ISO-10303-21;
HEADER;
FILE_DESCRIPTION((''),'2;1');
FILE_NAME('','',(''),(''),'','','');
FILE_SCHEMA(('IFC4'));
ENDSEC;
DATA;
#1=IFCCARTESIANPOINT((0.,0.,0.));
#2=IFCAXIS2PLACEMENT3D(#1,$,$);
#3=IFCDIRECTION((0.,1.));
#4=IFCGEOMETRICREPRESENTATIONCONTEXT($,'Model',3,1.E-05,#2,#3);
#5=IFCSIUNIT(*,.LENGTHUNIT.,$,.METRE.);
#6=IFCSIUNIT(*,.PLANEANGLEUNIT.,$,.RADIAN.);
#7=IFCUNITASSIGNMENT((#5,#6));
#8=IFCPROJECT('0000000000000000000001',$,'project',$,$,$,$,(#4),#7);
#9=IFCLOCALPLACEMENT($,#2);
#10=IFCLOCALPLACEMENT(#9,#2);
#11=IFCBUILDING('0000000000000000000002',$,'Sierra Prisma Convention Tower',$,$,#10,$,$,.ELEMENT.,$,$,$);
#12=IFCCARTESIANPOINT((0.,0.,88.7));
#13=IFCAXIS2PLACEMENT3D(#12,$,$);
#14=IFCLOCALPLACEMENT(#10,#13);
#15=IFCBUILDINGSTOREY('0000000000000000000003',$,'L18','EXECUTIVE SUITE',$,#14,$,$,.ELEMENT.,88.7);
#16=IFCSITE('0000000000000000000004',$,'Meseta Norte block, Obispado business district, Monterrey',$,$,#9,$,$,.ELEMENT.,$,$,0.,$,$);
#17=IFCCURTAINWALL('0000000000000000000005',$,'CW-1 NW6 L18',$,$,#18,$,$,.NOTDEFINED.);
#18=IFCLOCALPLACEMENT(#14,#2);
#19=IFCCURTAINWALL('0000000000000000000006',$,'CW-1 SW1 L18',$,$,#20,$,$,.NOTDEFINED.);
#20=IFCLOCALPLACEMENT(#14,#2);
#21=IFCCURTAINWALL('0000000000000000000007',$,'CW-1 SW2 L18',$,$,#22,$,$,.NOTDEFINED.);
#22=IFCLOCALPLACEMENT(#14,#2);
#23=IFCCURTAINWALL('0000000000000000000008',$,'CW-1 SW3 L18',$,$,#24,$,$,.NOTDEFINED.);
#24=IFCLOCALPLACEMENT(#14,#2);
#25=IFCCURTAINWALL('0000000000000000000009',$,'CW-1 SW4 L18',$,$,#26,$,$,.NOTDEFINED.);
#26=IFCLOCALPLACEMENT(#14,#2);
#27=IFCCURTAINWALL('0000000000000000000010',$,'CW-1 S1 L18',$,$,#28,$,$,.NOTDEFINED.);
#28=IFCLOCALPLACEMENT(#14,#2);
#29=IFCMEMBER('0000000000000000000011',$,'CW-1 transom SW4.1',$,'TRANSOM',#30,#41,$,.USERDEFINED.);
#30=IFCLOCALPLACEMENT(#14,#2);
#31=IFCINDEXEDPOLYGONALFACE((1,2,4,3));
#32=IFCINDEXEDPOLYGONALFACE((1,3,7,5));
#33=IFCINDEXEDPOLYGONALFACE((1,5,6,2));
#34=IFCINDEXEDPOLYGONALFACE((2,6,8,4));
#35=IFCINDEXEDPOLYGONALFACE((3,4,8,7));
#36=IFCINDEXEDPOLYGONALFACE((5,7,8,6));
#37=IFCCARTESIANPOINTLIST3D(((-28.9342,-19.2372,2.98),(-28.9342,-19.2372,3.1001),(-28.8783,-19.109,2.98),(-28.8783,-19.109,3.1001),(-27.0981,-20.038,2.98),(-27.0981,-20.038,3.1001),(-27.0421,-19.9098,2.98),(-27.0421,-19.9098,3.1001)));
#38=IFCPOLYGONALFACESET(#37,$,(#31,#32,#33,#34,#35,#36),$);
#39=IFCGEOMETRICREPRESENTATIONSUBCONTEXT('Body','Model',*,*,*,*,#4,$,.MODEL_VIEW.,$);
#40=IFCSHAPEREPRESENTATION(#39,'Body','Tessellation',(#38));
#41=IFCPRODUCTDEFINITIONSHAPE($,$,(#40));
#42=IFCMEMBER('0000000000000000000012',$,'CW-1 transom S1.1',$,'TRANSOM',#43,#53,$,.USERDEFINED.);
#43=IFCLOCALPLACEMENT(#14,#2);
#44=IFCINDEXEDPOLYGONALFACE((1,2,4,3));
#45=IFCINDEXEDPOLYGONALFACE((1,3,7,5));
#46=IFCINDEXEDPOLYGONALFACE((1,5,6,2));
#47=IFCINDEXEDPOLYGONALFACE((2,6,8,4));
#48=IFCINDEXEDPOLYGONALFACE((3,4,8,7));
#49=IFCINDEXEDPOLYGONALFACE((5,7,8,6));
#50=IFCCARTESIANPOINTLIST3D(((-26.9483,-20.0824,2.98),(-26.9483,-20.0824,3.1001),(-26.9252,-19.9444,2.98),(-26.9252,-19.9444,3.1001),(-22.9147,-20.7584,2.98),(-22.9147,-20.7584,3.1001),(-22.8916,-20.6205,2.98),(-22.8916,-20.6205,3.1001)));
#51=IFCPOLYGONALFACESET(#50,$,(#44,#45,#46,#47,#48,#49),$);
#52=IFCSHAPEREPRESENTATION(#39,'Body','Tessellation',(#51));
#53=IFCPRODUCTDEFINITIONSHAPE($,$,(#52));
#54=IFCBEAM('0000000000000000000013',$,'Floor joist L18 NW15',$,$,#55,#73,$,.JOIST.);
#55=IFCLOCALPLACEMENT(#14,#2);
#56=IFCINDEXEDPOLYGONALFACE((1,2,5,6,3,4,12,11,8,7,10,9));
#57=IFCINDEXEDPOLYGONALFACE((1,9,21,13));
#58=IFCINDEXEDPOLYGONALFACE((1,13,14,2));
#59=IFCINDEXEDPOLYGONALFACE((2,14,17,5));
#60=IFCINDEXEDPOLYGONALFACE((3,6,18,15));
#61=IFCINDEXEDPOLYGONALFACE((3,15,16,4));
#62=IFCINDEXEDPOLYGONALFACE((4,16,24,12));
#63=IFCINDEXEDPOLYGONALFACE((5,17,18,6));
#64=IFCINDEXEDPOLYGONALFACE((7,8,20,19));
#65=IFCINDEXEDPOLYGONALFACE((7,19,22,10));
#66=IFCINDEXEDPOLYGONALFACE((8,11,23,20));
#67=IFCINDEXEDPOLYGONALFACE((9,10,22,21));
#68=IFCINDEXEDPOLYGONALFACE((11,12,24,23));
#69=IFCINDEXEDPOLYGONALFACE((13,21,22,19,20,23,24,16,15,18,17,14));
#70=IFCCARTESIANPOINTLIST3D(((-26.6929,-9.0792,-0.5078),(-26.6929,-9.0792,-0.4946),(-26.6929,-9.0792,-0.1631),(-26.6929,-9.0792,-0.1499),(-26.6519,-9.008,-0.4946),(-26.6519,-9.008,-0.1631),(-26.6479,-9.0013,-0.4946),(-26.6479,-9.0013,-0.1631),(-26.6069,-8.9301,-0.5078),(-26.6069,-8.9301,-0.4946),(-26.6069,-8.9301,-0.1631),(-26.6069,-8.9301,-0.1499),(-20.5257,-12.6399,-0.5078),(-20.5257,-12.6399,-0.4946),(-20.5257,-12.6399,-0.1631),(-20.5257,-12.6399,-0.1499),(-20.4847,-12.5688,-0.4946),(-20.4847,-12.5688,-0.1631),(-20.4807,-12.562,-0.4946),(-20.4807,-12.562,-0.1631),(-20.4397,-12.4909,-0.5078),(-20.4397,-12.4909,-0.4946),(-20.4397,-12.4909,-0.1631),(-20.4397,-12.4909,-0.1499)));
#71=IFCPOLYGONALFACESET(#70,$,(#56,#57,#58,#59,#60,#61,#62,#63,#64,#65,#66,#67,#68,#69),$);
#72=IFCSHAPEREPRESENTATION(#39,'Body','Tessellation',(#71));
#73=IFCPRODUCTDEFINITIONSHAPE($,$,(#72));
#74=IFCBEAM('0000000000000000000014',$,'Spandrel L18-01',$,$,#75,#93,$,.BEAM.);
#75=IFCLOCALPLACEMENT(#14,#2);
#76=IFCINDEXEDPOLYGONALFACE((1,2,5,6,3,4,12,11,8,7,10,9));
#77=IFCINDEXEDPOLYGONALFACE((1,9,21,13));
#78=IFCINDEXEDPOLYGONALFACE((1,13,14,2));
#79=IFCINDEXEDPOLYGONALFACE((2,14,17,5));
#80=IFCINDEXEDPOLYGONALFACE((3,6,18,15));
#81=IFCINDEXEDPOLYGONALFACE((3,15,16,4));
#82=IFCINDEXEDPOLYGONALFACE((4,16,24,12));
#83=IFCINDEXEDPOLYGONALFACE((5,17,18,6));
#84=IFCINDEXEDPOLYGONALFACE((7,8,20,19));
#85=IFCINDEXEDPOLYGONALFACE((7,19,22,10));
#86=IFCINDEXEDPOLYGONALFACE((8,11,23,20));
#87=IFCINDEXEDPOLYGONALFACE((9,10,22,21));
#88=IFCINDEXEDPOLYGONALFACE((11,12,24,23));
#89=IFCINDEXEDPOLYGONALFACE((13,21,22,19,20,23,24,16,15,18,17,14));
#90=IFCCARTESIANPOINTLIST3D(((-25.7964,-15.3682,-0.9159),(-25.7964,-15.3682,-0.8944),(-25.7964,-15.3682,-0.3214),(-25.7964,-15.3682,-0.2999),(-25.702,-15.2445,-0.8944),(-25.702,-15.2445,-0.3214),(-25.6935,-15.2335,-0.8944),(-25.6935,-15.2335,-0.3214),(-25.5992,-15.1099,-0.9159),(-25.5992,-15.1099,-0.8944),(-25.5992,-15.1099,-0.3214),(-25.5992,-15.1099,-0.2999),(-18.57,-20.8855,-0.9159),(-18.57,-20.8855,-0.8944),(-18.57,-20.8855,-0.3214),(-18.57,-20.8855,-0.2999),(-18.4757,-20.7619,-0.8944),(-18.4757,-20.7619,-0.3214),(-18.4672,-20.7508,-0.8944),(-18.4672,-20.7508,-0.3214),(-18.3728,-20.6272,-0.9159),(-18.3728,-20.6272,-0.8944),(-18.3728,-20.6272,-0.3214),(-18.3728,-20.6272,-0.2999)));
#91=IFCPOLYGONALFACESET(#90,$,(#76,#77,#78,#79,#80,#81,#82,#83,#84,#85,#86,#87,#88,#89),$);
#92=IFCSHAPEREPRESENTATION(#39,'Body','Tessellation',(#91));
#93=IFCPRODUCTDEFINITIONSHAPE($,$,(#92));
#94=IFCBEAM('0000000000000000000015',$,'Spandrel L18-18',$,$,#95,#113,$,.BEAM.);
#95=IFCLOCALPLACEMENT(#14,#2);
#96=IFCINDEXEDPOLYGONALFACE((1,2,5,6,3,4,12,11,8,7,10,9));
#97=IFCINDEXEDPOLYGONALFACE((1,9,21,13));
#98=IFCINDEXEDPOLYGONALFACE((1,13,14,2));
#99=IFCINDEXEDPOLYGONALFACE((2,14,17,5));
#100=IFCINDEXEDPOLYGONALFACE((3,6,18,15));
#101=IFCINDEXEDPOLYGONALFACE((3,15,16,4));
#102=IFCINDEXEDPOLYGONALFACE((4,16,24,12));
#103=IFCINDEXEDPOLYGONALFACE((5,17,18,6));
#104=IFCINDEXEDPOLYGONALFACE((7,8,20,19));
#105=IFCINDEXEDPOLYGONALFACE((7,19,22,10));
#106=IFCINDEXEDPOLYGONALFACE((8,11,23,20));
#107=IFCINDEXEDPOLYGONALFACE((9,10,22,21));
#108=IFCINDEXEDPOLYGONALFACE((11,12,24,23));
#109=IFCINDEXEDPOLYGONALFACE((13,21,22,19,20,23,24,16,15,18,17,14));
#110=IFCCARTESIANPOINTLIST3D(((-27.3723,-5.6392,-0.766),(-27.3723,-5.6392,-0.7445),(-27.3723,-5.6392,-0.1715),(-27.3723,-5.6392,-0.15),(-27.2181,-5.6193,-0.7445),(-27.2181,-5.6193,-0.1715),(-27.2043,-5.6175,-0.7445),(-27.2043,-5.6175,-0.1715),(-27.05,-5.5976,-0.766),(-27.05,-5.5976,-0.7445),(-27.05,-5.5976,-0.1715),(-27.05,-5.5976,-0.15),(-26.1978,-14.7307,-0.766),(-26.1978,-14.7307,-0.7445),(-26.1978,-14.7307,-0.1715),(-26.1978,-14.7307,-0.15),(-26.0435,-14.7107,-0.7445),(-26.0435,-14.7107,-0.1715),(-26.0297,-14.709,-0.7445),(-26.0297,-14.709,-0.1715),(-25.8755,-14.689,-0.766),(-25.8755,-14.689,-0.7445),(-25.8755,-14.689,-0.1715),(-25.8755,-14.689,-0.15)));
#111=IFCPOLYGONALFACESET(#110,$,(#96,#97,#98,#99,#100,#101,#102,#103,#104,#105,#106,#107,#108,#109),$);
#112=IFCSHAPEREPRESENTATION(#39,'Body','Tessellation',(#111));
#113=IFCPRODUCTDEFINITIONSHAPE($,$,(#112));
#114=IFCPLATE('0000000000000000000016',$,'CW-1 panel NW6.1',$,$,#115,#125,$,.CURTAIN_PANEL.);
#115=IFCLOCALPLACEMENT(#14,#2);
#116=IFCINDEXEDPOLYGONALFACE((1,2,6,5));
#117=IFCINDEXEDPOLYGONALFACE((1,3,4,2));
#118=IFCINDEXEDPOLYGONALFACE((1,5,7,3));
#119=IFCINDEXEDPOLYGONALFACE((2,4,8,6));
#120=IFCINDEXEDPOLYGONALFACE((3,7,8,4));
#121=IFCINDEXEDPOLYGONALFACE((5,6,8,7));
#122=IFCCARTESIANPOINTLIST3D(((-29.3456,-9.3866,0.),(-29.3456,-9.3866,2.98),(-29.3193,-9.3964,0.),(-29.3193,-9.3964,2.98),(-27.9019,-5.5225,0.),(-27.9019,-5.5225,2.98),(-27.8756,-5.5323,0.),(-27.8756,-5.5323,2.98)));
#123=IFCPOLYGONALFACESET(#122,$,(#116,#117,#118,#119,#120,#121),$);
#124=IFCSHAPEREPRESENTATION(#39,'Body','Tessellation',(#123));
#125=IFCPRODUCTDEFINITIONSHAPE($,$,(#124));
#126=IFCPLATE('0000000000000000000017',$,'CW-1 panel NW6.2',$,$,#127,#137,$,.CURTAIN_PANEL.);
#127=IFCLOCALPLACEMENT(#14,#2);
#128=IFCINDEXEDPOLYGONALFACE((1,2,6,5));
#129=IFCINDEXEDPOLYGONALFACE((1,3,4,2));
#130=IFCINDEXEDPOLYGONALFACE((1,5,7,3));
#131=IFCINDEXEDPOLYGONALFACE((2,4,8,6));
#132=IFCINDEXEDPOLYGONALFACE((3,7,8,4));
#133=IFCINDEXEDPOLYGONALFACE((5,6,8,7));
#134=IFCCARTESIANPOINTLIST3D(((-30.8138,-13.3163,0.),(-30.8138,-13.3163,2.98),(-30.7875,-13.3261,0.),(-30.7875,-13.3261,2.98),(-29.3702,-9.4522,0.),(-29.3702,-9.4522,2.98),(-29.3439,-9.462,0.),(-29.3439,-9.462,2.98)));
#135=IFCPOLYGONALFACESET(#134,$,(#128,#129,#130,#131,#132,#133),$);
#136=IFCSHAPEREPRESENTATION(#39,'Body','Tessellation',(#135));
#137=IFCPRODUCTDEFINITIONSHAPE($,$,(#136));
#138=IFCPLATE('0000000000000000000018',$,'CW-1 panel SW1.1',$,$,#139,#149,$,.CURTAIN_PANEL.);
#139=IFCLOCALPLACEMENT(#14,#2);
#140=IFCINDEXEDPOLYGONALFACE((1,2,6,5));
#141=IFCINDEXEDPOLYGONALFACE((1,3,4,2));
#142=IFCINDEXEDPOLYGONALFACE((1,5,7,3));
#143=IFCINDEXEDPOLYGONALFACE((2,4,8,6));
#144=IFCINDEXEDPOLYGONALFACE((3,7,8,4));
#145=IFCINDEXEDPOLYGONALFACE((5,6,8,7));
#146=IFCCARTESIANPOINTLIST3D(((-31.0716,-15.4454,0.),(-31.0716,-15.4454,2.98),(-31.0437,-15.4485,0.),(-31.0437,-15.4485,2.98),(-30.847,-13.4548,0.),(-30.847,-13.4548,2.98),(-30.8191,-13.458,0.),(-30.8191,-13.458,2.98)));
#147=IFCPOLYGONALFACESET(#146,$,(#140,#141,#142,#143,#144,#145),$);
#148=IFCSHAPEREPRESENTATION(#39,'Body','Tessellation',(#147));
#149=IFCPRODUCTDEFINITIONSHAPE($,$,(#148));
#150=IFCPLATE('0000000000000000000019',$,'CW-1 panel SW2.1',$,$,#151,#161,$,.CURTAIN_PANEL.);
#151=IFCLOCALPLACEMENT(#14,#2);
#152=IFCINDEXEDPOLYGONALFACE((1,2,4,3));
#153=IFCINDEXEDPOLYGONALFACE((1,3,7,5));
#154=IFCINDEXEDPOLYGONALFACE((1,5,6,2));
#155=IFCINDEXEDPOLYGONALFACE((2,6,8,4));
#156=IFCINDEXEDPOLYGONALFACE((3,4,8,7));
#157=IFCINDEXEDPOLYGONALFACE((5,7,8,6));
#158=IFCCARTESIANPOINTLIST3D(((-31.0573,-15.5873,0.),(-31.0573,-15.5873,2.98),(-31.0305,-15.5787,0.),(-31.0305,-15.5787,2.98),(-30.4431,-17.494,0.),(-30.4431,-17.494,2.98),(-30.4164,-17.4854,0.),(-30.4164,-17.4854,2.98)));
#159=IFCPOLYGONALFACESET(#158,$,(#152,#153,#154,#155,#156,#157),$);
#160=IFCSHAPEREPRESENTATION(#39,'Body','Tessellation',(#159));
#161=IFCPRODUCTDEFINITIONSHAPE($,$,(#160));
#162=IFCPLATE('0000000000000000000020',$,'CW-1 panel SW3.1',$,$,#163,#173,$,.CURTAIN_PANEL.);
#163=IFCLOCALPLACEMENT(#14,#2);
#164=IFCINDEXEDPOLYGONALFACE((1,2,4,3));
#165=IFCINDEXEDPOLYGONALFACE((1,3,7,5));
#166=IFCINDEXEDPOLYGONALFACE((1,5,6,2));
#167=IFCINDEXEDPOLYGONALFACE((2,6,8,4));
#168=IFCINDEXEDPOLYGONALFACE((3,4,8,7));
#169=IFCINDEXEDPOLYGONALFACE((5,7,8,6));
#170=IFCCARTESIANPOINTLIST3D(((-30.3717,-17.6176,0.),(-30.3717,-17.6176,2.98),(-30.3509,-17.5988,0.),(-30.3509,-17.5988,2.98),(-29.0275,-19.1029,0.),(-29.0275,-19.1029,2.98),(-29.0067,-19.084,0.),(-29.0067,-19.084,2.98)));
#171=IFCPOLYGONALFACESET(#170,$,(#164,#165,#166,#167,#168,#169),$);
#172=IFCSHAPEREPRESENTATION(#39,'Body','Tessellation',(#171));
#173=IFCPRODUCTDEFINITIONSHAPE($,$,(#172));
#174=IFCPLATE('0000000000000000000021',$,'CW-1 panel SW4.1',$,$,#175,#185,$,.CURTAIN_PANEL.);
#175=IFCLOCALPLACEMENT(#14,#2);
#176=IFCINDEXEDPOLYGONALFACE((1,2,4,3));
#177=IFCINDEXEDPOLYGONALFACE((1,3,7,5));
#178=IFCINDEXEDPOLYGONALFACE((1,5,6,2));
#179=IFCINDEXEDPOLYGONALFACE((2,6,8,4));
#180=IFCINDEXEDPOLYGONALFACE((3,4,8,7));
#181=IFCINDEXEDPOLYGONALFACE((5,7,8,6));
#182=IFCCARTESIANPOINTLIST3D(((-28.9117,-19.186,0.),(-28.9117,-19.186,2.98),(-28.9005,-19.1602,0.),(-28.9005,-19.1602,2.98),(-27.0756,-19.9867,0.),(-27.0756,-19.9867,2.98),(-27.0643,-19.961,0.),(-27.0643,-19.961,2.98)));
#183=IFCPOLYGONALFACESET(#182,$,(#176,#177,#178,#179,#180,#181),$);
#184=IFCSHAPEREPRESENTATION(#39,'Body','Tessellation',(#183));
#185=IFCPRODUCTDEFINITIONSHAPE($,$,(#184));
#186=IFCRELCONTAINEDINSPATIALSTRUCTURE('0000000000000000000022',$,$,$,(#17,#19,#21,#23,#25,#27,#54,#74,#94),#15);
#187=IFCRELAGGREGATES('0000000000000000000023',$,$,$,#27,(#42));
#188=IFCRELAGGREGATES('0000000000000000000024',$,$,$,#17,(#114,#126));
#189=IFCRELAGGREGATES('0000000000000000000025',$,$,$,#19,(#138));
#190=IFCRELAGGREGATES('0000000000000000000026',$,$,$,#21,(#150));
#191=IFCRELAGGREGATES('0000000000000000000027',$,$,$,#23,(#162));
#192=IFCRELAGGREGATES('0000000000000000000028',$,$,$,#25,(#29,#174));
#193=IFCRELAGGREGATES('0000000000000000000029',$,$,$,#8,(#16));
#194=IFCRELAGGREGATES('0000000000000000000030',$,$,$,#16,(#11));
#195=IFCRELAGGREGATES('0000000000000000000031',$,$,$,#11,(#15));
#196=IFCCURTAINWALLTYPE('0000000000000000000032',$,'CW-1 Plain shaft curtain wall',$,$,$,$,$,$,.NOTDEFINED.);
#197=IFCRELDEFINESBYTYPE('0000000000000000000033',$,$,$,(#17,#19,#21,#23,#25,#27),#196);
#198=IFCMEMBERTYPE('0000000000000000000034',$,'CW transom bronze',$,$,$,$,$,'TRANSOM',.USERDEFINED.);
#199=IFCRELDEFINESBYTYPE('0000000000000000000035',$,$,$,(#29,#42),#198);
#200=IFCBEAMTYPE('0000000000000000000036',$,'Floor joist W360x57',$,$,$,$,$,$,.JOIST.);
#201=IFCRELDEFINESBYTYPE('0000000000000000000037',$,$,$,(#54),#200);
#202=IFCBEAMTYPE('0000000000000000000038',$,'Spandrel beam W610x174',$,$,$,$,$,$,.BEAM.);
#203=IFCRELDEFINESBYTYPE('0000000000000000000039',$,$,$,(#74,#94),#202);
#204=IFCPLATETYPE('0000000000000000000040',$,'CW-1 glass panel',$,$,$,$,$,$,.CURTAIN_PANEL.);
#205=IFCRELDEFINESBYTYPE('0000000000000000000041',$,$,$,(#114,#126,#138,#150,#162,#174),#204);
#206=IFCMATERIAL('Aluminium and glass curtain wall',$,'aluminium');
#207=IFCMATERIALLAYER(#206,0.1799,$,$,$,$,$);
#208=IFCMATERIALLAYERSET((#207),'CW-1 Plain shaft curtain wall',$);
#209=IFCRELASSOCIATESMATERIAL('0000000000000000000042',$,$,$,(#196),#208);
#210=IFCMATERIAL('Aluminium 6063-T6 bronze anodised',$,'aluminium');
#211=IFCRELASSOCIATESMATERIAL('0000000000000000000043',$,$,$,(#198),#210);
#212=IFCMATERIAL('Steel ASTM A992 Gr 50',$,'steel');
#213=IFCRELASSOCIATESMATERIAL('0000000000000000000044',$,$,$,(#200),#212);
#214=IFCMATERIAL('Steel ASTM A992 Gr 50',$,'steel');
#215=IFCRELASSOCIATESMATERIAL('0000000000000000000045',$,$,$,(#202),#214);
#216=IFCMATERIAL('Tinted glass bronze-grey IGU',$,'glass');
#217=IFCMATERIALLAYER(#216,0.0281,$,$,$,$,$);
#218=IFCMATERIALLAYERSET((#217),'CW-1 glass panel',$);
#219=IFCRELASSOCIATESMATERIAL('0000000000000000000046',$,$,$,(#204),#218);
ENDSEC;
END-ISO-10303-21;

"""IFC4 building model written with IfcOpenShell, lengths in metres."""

from ifc_helpers import new_model, si_unit, direction, frame, origin, origin_2d, place, context, subcontext, project, spatial, rectangle, i_section, extrude, material, layer, layer_set, material_profile, profile_set, type_object, element, aggregate, save


model = new_model("IFC4")

# Units and contexts
model_context = context("Model", 3, precision=1e-05, world=origin(), true_north=direction((0.0, 1.0)))
body_context = subcontext(model_context, "Body", "Model", "MODEL_VIEW")
ifc_project = project(units=[si_unit("LENGTHUNIT", "METRE"), si_unit("PLANEANGLEUNIT", "RADIAN")], contexts=[model_context])

# Site, building, storey
site_placement = place(None, origin())
site = spatial("IfcSite", under=ifc_project, at=site_placement, Name="Meseta Norte block, Obispado business district, Monterrey", CompositionType="ELEMENT", RefElevation=0.0)
building_placement = place(site_placement, origin())
building = spatial("IfcBuilding", under=site, at=building_placement, Name="Sierra Prisma Convention Tower", CompositionType="ELEMENT")
storey_placement = place(building_placement, frame((0.0, 0.0, 88.7)))
storey = spatial("IfcBuildingStorey", under=building, at=storey_placement, Name="L18", Description="EXECUTIVE SUITE", CompositionType="ELEMENT", Elevation=88.7)

# Curtain walls
ifc_material_1 = material(Name="Aluminium and glass curtain wall", Category="aluminium")
ifc_layer_1 = layer(ifc_material_1, 0.1799)
ifc_layer_set_1 = layer_set([ifc_layer_1], Name="CW-1 Plain shaft curtain wall")
curtain_wall_type = type_object("IfcCurtainWallType", Name="CW-1 Plain shaft curtain wall", PredefinedType="NOTDEFINED", material=ifc_layer_set_1)
curtain_wall_1_placement = place(storey_placement, origin())
curtain_wall_1 = element("IfcCurtainWall", 1, at=curtain_wall_1_placement, inside=storey, type_object=curtain_wall_type, Name="CW-1 NW6 L18", PredefinedType="NOTDEFINED")
curtain_wall_2_placement = place(storey_placement, origin())
curtain_wall_2 = element("IfcCurtainWall", 2, at=curtain_wall_2_placement, inside=storey, type_object=curtain_wall_type, Name="CW-1 SW1 L18", PredefinedType="NOTDEFINED")
curtain_wall_3_placement = place(storey_placement, origin())
curtain_wall_3 = element("IfcCurtainWall", 3, at=curtain_wall_3_placement, inside=storey, type_object=curtain_wall_type, Name="CW-1 SW2 L18", PredefinedType="NOTDEFINED")
curtain_wall_4_placement = place(storey_placement, origin())
curtain_wall_4 = element("IfcCurtainWall", 4, at=curtain_wall_4_placement, inside=storey, type_object=curtain_wall_type, Name="CW-1 SW3 L18", PredefinedType="NOTDEFINED")
curtain_wall_5_placement = place(storey_placement, origin())
curtain_wall_5 = element("IfcCurtainWall", 5, at=curtain_wall_5_placement, inside=storey, type_object=curtain_wall_type, Name="CW-1 SW4 L18", PredefinedType="NOTDEFINED")
curtain_wall_6_placement = place(storey_placement, origin())
curtain_wall_6 = element("IfcCurtainWall", 6, at=curtain_wall_6_placement, inside=storey, type_object=curtain_wall_type, Name="CW-1 S1 L18", PredefinedType="NOTDEFINED")

# Members
ifc_material_2 = material(Name="Aluminium 6063-T6 bronze anodised", Category="aluminium")
ifc_material_profile_1 = material_profile(ifc_material_2, rectangle(XDim=0.1399, YDim=0.1201, at=origin_2d()), Name="ALU TRANSOM 120x140")
ifc_profile_set_1 = profile_set([ifc_material_profile_1], Name="Aluminium 6063-T6 bronze anodised")
member_type_1 = type_object("IfcMemberType", Name="CW transom bronze", ElementType="TRANSOM", PredefinedType="USERDEFINED", material=ifc_profile_set_1)
member_1_placement = place(storey_placement, frame((-28.9062, -19.1731, 3.04), z_axis=(0.916624, -0.399751, 0.0), x_axis=(0.399751, 0.916624, 0.0)))
member_1 = element("IfcMember", 7, at=member_1_placement, type_object=member_type_1, Name="CW-1 transom SW4.1", ObjectType="TRANSOM", PredefinedType="USERDEFINED", context=body_context, shape_type="SweptSolid", body=[
    extrude(rectangle(XDim=0.1399, YDim=0.1201, at=origin_2d()), origin(), (0.0, 0.0, 1.0), 2.0032),
])
member_2_placement = place(storey_placement, frame((-26.9368, -20.0134, 3.04), z_axis=(0.986245, -0.165289, 0.0), x_axis=(0.165289, 0.986245, 0.0)))
member_2 = element("IfcMember", 8, at=member_2_placement, type_object=member_type_1, Name="CW-1 transom S1.1", ObjectType="TRANSOM", PredefinedType="USERDEFINED", context=body_context, shape_type="SweptSolid", body=[
    extrude(rectangle(XDim=0.1399, YDim=0.1201, at=origin_2d()), origin(), (0.0, 0.0, 1.0), 4.0898),
])
aggregate(curtain_wall_6, [member_2])

# Beams
ifc_material_3 = material(Name="Steel ASTM A992 Gr 50", Category="steel")
ifc_material_profile_2 = material_profile(ifc_material_3, i_section(OverallWidth=0.1721, OverallDepth=0.3579, WebThickness=0.0078, FlangeThickness=0.0132, at=origin_2d()), Name="W360x57")
ifc_profile_set_2 = profile_set([ifc_material_profile_2], Name="Steel ASTM A992 Gr 50")
beam_type_1 = type_object("IfcBeamType", Name="Floor joist W360x57", PredefinedType="JOIST", material=ifc_profile_set_2)
beam_1_placement = place(storey_placement, frame((-26.6499, -9.0046, -0.3289), z_axis=(0.866017, -0.500014, 0.0), x_axis=(0.500014, 0.866017, 0.0)))
element("IfcBeam", 9, at=beam_1_placement, inside=storey, type_object=beam_type_1, Name="Floor joist L18 NW15", PredefinedType="JOIST", context=body_context, shape_type="SweptSolid", body=[
    extrude(i_section(OverallWidth=0.1721, OverallDepth=0.3579, WebThickness=0.0078, FlangeThickness=0.0132, at=origin_2d()), origin(), (0.0, 0.0, 1.0), 7.1213),
])
ifc_material_4 = material(Name="Steel ASTM A992 Gr 50", Category="steel")
ifc_material_profile_3 = material_profile(ifc_material_4, i_section(OverallWidth=0.325, OverallDepth=0.616, WebThickness=0.0139, FlangeThickness=0.0215, at=origin_2d()), Name="W610x174")
ifc_profile_set_3 = profile_set([ifc_material_profile_3], Name="Steel ASTM A992 Gr 50")
beam_type_2 = type_object("IfcBeamType", Name="Spandrel beam W610x174", PredefinedType="BEAM", material=ifc_profile_set_3)
beam_2_placement = place(storey_placement, frame((-25.6978, -15.239, -0.6079), z_axis=(0.794818, -0.606848, 0.0), x_axis=(0.606848, 0.794818, 0.0)))
element("IfcBeam", 10, at=beam_2_placement, inside=storey, type_object=beam_type_2, Name="Spandrel L18-01", PredefinedType="BEAM", context=body_context, shape_type="SweptSolid", body=[
    extrude(i_section(OverallWidth=0.325, OverallDepth=0.616, WebThickness=0.0139, FlangeThickness=0.0215, at=origin_2d()), origin(), (0.0, 0.0, 1.0), 9.0918),
])
beam_3_placement = place(storey_placement, frame((-27.2112, -5.6184, -0.458), z_axis=(0.128128, -0.991758, 0.0), x_axis=(0.991758, 0.128128, 0.0)))
element("IfcBeam", 11, at=beam_3_placement, inside=storey, type_object=beam_type_2, Name="Spandrel L18-18", PredefinedType="BEAM", context=body_context, shape_type="SweptSolid", body=[
    extrude(i_section(OverallWidth=0.325, OverallDepth=0.616, WebThickness=0.0139, FlangeThickness=0.0215, at=origin_2d()), origin(), (0.0, 0.0, 1.0), 9.167),
])

# Plates
ifc_material_5 = material(Name="Tinted glass bronze-grey IGU", Category="glass")
ifc_layer_2 = layer(ifc_material_5, 0.0281)
ifc_layer_set_2 = layer_set([ifc_layer_2], Name="CW-1 glass panel")
plate_type = type_object("IfcPlateType", Name="CW-1 glass panel", PredefinedType="CURTAIN_PANEL", material=ifc_layer_set_2)
plate_1_placement = place(storey_placement, frame((-28.6106, -7.4595, 0.0), z_axis=(0.0, 0.0, 1.0), x_axis=(-0.349981, -0.936757, 0.0)))
plate_1 = element("IfcPlate", 12, at=plate_1_placement, type_object=plate_type, Name="CW-1 panel NW6.1", PredefinedType="CURTAIN_PANEL", context=body_context, shape_type="SweptSolid", body=[
    extrude(rectangle(XDim=4.125, YDim=0.0281, at=origin_2d()), origin(), (0.0, 0.0, 1.0), 2.98),
])
plate_2_placement = place(storey_placement, frame((-30.0789, -11.3892, 0.0), z_axis=(0.0, 0.0, 1.0), x_axis=(-0.349981, -0.936757, 0.0)))
plate_2 = element("IfcPlate", 13, at=plate_2_placement, type_object=plate_type, Name="CW-1 panel NW6.2", PredefinedType="CURTAIN_PANEL", context=body_context, shape_type="SweptSolid", body=[
    extrude(rectangle(XDim=4.125, YDim=0.0281, at=origin_2d()), origin(), (0.0, 0.0, 1.0), 2.98),
])
aggregate(curtain_wall_1, [plate_1, plate_2])
plate_3_placement = place(storey_placement, frame((-30.9453, -14.4517, 0.0), z_axis=(0.0, 0.0, 1.0), x_axis=(-0.11212, -0.993695, 0.0)))
plate_3 = element("IfcPlate", 14, at=plate_3_placement, type_object=plate_type, Name="CW-1 panel SW1.1", PredefinedType="CURTAIN_PANEL", context=body_context, shape_type="SweptSolid", body=[
    extrude(rectangle(XDim=2.0032, YDim=0.0281, at=origin_2d()), origin(), (0.0, 0.0, 1.0), 2.98),
])
aggregate(curtain_wall_2, [plate_3])
plate_4_placement = place(storey_placement, frame((-30.7368, -16.5364, 0.0), z_axis=(0.0, 0.0, 1.0), x_axis=(0.306595, -0.95184, 0.0)))
plate_4 = element("IfcPlate", 15, at=plate_4_placement, type_object=plate_type, Name="CW-1 panel SW2.1", PredefinedType="CURTAIN_PANEL", context=body_context, shape_type="SweptSolid", body=[
    extrude(rectangle(XDim=2.0032, YDim=0.0281, at=origin_2d()), origin(), (0.0, 0.0, 1.0), 2.98),
])
aggregate(curtain_wall_3, [plate_4])
plate_5_placement = place(storey_placement, frame((-29.6892, -18.3508, 0.0), z_axis=(0.0, 0.0, 1.0), x_axis=(0.67102, -0.741439, 0.0)))
plate_5 = element("IfcPlate", 16, at=plate_5_placement, type_object=plate_type, Name="CW-1 panel SW3.1", PredefinedType="CURTAIN_PANEL", context=body_context, shape_type="SweptSolid", body=[
    extrude(rectangle(XDim=2.0032, YDim=0.0281, at=origin_2d()), origin(), (0.0, 0.0, 1.0), 2.98),
])
aggregate(curtain_wall_4, [plate_5])
plate_6_placement = place(storey_placement, frame((-27.988, -19.5735, 0.0), z_axis=(0.0, 0.0, 1.0), x_axis=(0.916625, -0.399748, 0.0)))
plate_6 = element("IfcPlate", 17, at=plate_6_placement, type_object=plate_type, Name="CW-1 panel SW4.1", PredefinedType="CURTAIN_PANEL", context=body_context, shape_type="SweptSolid", body=[
    extrude(rectangle(XDim=2.0032, YDim=0.0281, at=origin_2d()), origin(), (0.0, 0.0, 1.0), 2.98),
])
aggregate(curtain_wall_5, [member_1, plate_6])

save(model, "model.ifc")
